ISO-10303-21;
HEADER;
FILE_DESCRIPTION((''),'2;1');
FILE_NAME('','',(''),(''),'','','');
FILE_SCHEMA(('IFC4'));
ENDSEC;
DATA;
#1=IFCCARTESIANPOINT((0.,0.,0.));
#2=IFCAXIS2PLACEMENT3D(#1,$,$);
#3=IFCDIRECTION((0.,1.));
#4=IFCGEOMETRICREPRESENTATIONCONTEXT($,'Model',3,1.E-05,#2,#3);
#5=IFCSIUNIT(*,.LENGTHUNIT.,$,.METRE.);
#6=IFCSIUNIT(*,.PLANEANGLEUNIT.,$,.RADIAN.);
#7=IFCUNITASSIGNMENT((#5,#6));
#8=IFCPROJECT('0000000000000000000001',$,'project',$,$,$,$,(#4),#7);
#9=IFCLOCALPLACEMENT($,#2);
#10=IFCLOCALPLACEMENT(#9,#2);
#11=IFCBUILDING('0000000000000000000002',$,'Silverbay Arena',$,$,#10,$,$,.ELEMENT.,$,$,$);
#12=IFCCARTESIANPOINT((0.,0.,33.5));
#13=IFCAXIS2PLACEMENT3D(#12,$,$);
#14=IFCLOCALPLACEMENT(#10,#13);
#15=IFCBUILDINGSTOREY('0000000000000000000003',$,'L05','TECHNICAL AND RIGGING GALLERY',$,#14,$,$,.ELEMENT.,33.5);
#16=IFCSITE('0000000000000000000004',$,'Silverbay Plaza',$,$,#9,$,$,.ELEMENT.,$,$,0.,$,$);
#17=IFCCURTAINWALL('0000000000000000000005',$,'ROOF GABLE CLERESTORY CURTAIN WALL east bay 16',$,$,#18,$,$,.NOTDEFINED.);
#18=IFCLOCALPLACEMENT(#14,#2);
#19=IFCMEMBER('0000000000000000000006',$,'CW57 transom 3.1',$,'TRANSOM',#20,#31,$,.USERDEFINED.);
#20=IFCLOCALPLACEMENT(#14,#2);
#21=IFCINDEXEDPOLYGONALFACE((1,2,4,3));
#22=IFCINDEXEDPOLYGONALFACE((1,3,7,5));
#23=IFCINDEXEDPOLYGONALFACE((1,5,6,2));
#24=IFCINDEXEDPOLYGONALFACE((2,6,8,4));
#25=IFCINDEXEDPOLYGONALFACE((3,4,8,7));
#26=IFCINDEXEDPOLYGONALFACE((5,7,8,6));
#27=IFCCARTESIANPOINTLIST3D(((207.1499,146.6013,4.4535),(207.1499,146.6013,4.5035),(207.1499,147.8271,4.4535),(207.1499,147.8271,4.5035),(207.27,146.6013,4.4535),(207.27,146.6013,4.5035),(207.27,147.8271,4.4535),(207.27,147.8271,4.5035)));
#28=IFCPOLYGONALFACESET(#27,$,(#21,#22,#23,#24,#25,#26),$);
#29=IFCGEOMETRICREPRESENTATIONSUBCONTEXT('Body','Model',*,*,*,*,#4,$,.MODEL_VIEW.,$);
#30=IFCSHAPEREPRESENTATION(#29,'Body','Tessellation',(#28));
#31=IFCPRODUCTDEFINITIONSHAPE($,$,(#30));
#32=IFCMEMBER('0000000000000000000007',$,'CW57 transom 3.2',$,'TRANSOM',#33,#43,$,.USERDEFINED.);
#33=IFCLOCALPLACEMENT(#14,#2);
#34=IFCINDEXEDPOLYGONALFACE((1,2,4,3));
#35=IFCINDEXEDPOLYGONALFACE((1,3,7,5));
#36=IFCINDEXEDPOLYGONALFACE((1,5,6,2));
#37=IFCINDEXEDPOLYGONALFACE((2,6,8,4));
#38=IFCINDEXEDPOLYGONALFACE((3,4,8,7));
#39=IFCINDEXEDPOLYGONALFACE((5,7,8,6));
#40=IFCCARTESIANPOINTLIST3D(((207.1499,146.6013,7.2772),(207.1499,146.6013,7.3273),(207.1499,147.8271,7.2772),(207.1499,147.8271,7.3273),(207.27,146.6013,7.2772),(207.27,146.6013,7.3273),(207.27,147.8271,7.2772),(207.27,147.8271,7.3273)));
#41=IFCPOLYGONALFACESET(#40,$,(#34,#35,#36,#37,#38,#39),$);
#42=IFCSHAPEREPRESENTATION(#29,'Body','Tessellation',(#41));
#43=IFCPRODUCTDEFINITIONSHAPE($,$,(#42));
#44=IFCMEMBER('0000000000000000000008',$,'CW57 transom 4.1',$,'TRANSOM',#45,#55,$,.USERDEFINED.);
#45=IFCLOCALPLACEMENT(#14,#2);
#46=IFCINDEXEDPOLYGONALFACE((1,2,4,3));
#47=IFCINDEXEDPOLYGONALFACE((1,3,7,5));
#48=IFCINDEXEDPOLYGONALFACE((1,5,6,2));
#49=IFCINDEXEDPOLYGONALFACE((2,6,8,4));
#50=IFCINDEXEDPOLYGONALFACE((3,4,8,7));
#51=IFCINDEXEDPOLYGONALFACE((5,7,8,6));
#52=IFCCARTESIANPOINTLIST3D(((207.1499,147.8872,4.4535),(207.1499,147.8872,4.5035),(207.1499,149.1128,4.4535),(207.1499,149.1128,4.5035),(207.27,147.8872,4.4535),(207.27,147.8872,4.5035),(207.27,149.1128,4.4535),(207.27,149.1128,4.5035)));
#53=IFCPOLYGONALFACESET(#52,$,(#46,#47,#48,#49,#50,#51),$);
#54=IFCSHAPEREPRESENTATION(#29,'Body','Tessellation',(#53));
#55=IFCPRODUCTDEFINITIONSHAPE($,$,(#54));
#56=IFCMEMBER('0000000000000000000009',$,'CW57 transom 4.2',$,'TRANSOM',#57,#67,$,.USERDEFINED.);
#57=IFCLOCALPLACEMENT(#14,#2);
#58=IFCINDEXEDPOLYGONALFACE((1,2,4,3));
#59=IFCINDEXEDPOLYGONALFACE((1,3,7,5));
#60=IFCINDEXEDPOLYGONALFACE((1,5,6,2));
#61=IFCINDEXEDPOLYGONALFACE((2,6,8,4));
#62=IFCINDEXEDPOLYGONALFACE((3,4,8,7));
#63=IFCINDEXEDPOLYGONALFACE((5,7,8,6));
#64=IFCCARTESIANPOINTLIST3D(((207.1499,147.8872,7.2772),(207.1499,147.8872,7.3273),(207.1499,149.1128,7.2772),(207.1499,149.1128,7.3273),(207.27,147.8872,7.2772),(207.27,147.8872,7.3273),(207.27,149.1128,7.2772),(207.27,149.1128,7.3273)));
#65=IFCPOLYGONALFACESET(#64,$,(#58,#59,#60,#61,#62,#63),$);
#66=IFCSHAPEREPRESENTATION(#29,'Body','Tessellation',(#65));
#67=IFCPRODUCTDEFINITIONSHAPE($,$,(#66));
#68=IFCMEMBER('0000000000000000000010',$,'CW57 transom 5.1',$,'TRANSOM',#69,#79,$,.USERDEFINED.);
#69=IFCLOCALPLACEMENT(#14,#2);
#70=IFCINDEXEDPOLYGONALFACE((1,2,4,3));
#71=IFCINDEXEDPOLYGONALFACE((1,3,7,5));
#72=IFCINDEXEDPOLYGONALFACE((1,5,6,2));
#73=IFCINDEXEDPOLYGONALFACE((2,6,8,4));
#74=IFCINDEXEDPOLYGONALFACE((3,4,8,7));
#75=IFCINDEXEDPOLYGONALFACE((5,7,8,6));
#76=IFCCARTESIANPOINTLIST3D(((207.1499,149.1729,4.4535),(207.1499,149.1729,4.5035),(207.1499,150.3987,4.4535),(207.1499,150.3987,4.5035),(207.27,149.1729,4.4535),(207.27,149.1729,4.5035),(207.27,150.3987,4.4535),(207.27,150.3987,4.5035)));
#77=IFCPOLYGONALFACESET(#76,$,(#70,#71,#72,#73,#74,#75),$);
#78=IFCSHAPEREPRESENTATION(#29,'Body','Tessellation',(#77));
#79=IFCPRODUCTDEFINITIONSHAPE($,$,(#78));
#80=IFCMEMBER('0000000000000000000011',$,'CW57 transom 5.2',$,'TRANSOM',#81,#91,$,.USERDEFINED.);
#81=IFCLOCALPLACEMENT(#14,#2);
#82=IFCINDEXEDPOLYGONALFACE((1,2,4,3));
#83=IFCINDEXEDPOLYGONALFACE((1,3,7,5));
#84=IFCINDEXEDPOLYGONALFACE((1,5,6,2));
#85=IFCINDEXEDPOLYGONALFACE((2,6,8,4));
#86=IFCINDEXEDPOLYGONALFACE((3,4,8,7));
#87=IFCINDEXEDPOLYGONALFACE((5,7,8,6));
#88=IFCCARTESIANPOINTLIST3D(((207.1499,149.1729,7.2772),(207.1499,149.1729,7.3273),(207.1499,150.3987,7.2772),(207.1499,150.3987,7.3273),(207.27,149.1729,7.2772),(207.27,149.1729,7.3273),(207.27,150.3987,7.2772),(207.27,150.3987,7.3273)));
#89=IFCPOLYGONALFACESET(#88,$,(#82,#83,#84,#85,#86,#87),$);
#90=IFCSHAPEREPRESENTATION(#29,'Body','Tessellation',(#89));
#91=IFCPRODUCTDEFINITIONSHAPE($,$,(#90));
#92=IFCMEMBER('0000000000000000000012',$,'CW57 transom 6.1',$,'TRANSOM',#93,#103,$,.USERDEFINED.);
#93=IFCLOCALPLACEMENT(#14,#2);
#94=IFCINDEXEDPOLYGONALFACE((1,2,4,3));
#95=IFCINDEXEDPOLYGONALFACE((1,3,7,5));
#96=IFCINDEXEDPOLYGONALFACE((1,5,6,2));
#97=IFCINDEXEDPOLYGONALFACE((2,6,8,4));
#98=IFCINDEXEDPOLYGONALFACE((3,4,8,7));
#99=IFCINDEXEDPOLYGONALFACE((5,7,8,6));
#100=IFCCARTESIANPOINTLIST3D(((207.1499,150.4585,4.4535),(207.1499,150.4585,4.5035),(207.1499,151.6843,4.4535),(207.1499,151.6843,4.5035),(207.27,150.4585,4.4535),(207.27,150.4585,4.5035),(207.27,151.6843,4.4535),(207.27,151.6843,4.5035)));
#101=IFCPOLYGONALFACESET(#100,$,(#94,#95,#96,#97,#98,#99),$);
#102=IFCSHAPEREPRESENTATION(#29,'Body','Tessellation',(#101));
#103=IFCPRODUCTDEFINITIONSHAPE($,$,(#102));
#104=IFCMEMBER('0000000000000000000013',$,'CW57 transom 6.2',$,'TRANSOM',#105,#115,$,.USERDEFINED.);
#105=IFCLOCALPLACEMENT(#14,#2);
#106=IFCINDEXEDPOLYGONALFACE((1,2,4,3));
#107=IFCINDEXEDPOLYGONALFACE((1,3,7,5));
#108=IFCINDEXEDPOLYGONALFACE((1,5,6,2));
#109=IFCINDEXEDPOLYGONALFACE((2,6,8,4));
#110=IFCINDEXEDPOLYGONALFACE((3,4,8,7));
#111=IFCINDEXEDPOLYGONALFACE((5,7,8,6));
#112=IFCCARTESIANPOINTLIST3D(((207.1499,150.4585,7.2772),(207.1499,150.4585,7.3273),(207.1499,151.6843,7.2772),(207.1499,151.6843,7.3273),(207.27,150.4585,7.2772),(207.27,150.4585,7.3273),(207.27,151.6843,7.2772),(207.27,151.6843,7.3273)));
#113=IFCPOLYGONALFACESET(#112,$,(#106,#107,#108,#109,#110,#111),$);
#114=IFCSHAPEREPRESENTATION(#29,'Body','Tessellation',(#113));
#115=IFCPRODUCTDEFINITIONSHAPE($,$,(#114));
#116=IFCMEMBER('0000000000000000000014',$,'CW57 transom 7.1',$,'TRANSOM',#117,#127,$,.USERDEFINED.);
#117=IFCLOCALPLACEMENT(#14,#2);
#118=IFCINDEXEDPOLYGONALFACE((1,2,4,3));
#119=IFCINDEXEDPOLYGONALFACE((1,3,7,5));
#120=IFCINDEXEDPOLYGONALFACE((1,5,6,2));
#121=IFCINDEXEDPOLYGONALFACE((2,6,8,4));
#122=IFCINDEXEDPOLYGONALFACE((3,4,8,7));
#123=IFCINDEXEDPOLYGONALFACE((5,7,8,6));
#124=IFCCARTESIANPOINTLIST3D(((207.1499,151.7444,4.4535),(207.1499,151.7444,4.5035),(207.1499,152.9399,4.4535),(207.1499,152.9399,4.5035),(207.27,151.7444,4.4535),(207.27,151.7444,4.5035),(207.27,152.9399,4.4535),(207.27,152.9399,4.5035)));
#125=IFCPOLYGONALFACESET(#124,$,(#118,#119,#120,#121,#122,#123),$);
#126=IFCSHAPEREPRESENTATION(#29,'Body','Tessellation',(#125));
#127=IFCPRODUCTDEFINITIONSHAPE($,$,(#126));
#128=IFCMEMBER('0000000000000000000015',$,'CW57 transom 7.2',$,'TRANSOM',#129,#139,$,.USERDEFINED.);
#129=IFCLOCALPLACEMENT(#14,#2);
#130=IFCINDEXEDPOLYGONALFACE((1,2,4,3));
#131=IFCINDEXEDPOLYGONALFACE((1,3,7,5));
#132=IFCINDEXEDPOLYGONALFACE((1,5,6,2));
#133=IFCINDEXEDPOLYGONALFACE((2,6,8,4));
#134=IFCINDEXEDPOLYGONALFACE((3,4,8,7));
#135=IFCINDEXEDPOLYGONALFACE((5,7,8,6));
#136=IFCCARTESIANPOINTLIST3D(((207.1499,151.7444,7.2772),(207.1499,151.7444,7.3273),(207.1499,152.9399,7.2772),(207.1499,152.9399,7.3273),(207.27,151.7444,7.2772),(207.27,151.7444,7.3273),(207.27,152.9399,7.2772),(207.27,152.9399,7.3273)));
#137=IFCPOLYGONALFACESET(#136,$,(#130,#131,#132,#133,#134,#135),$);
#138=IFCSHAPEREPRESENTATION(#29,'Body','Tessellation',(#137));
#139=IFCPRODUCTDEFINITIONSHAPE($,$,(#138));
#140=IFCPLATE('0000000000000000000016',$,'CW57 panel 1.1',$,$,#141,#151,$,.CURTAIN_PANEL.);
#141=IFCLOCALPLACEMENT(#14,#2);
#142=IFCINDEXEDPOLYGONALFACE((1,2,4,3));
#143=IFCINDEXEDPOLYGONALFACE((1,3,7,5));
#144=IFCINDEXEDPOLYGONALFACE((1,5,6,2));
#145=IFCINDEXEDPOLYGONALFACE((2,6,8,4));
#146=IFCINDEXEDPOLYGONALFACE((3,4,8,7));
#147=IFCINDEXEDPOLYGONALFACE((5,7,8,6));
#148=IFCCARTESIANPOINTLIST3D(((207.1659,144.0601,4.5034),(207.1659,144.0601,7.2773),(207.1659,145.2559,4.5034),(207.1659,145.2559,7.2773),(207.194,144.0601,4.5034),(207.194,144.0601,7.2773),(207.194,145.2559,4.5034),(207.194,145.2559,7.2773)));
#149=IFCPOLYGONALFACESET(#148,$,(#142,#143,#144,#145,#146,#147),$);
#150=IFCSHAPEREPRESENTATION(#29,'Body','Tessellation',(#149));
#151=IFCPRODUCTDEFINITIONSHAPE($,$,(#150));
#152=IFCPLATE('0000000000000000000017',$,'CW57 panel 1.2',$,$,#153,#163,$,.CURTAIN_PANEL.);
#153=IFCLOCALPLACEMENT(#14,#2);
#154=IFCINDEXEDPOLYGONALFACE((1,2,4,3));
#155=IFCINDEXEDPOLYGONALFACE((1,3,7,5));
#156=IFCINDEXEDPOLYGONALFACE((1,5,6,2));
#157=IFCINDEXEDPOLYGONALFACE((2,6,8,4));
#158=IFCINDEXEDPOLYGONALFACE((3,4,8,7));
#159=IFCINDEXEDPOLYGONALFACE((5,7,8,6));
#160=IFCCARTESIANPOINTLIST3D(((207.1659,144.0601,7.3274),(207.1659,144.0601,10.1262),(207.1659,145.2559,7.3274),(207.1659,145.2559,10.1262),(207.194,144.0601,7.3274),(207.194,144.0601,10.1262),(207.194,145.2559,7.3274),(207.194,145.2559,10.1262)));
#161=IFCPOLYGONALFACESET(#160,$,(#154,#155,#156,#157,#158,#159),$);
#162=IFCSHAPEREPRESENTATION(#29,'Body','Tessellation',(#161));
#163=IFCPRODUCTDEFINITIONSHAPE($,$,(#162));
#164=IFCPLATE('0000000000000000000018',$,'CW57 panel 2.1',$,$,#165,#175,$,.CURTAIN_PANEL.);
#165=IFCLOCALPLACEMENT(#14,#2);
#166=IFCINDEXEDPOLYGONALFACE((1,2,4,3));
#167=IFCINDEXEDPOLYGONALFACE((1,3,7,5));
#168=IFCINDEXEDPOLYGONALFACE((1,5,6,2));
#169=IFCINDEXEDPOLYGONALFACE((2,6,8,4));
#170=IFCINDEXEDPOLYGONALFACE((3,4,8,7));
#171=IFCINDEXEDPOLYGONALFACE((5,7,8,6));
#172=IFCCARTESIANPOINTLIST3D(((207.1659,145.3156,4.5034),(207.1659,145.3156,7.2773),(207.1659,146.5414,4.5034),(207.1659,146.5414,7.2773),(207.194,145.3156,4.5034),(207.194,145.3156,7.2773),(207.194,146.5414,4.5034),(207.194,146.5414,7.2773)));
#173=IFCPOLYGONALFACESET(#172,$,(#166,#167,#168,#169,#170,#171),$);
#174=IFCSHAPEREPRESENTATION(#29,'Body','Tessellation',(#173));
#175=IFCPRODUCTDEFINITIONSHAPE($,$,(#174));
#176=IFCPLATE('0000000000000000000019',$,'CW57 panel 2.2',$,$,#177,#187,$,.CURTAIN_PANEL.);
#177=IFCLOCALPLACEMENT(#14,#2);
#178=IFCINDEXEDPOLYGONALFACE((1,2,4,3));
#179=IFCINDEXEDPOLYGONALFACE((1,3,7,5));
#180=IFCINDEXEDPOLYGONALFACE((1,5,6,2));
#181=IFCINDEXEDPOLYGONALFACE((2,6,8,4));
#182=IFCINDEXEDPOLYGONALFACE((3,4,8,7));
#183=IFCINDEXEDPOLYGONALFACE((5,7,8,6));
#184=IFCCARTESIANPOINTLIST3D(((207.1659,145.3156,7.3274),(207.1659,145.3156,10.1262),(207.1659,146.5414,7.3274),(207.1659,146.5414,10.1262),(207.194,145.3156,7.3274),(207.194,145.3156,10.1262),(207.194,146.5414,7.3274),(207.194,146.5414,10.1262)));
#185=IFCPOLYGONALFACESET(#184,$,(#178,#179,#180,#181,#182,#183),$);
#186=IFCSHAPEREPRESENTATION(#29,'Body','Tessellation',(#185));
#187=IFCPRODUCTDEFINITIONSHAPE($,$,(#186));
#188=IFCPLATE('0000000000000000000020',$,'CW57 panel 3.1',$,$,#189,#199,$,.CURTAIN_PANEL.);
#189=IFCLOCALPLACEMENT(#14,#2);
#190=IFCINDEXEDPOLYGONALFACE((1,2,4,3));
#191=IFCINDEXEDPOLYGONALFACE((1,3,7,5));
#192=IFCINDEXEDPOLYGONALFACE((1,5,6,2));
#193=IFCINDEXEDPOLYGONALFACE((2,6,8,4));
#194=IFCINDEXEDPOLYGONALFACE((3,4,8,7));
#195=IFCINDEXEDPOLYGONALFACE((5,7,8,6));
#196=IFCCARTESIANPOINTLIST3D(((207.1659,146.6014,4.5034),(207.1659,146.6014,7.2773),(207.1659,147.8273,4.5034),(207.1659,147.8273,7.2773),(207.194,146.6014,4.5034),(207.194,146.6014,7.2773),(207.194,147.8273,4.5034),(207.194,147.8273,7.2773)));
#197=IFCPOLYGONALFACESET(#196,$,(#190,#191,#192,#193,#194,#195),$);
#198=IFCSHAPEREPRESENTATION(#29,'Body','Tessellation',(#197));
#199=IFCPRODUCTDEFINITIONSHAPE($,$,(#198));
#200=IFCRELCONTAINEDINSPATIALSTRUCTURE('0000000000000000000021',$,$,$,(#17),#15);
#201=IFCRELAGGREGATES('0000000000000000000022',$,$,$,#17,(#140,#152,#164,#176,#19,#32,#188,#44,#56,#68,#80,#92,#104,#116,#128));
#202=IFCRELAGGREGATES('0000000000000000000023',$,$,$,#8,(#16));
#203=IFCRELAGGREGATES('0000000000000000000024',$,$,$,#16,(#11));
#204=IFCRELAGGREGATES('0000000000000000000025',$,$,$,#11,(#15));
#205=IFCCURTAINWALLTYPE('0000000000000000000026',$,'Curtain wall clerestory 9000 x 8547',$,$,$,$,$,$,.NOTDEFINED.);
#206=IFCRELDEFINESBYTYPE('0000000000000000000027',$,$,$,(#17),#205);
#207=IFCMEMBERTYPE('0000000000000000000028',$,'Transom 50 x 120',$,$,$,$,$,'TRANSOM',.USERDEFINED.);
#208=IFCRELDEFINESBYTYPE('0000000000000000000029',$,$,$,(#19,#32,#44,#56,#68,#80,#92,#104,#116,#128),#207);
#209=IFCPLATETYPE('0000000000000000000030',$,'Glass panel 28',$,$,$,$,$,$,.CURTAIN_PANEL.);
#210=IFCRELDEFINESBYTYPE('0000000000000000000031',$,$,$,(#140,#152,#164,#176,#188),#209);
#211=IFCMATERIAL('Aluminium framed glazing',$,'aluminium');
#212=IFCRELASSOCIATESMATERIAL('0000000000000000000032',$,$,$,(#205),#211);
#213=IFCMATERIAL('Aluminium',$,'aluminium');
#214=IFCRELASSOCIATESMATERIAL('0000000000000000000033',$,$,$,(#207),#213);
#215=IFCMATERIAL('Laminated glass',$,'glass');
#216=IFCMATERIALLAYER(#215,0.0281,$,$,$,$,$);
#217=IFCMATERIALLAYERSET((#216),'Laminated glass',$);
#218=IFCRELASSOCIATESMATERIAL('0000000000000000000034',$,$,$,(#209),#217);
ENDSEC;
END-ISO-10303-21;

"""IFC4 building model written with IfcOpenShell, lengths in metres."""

from ifc_helpers import new_model, si_unit, direction, frame, origin, origin_2d, place, context, subcontext, project, spatial, rectangle, extrude, material, layer, layer_set, material_profile, profile_set, type_object, element, aggregate, save


model = new_model("IFC4")

# Units and contexts
model_context = context("Model", 3, precision=1e-05, world=origin(), true_north=direction((0.0, 1.0)))
body_context = subcontext(model_context, "Body", "Model", "MODEL_VIEW")
ifc_project = project(units=[si_unit("LENGTHUNIT", "METRE"), si_unit("PLANEANGLEUNIT", "RADIAN")], contexts=[model_context])

# Site, building, storey
site_placement = place(None, origin())
site = spatial("IfcSite", under=ifc_project, at=site_placement, Name="Silverbay Plaza", CompositionType="ELEMENT", RefElevation=0.0)
building_placement = place(site_placement, origin())
building = spatial("IfcBuilding", under=site, at=building_placement, Name="Silverbay Arena", CompositionType="ELEMENT")
storey_placement = place(building_placement, frame((0.0, 0.0, 33.5)))
storey = spatial("IfcBuildingStorey", under=building, at=storey_placement, Name="L05", Description="TECHNICAL AND RIGGING GALLERY", CompositionType="ELEMENT", Elevation=33.5)

# Curtain wall
ifc_material_1 = material(Name="Aluminium framed glazing", Category="aluminium")
curtain_wall_type = type_object("IfcCurtainWallType", Name="Curtain wall clerestory 9000 x 8547", PredefinedType="NOTDEFINED", material=ifc_material_1)
curtain_wall_placement = place(storey_placement, origin())
curtain_wall = element("IfcCurtainWall", 1, at=curtain_wall_placement, inside=storey, type_object=curtain_wall_type, Name="ROOF GABLE CLERESTORY CURTAIN WALL east bay 16", PredefinedType="NOTDEFINED")

# Members
ifc_material_2 = material(Name="Aluminium", Category="aluminium")
ifc_material_profile_1 = material_profile(ifc_material_2, rectangle(XDim=0.1201, YDim=0.05, at=origin_2d()), Name="Transom 50 x 120")
ifc_profile_set_1 = profile_set([ifc_material_profile_1], Name="Aluminium")
member_type_1 = type_object("IfcMemberType", Name="Transom 50 x 120", ElementType="TRANSOM", PredefinedType="USERDEFINED", material=ifc_profile_set_1)
member_1_placement = place(storey_placement, frame((207.21, 146.6013, 4.4785), z_axis=(0.0, 1.0, 0.0), x_axis=(-1.0, 0.0, 0.0)))
member_1 = element("IfcMember", 2, at=member_1_placement, type_object=member_type_1, Name="CW57 transom 3.1", ObjectType="TRANSOM", PredefinedType="USERDEFINED", context=body_context, shape_type="SweptSolid", body=[
    extrude(rectangle(XDim=0.1201, YDim=0.05, at=origin_2d()), origin(), (0.0, 0.0, 1.0), 1.2258),
])
member_2_placement = place(storey_placement, frame((207.21, 146.6013, 7.3022), z_axis=(0.0, 1.0, 0.0), x_axis=(-1.0, 0.0, 0.0)))
member_2 = element("IfcMember", 3, at=member_2_placement, type_object=member_type_1, Name="CW57 transom 3.2", ObjectType="TRANSOM", PredefinedType="USERDEFINED", context=body_context, shape_type="SweptSolid", body=[
    extrude(rectangle(XDim=0.1201, YDim=0.05, at=origin_2d()), origin(), (0.0, 0.0, 1.0), 1.2258),
])
member_3_placement = place(storey_placement, frame((207.21, 147.8872, 4.4785), z_axis=(0.0, 1.0, 0.0), x_axis=(-1.0, 0.0, 0.0)))
member_3 = element("IfcMember", 4, at=member_3_placement, type_object=member_type_1, Name="CW57 transom 4.1", ObjectType="TRANSOM", PredefinedType="USERDEFINED", context=body_context, shape_type="SweptSolid", body=[
    extrude(rectangle(XDim=0.1201, YDim=0.05, at=origin_2d()), origin(), (0.0, 0.0, 1.0), 1.2256),
])
member_4_placement = place(storey_placement, frame((207.21, 147.8872, 7.3022), z_axis=(0.0, 1.0, 0.0), x_axis=(-1.0, 0.0, 0.0)))
member_4 = element("IfcMember", 5, at=member_4_placement, type_object=member_type_1, Name="CW57 transom 4.2", ObjectType="TRANSOM", PredefinedType="USERDEFINED", context=body_context, shape_type="SweptSolid", body=[
    extrude(rectangle(XDim=0.1201, YDim=0.05, at=origin_2d()), origin(), (0.0, 0.0, 1.0), 1.2256),
])
member_5_placement = place(storey_placement, frame((207.21, 149.1729, 4.4785), z_axis=(0.0, 1.0, 0.0), x_axis=(-1.0, 0.0, 0.0)))
member_5 = element("IfcMember", 6, at=member_5_placement, type_object=member_type_1, Name="CW57 transom 5.1", ObjectType="TRANSOM", PredefinedType="USERDEFINED", context=body_context, shape_type="SweptSolid", body=[
    extrude(rectangle(XDim=0.1201, YDim=0.05, at=origin_2d()), origin(), (0.0, 0.0, 1.0), 1.2258),
])
member_6_placement = place(storey_placement, frame((207.21, 149.1729, 7.3022), z_axis=(0.0, 1.0, 0.0), x_axis=(-1.0, 0.0, 0.0)))
member_6 = element("IfcMember", 7, at=member_6_placement, type_object=member_type_1, Name="CW57 transom 5.2", ObjectType="TRANSOM", PredefinedType="USERDEFINED", context=body_context, shape_type="SweptSolid", body=[
    extrude(rectangle(XDim=0.1201, YDim=0.05, at=origin_2d()), origin(), (0.0, 0.0, 1.0), 1.2258),
])
member_7_placement = place(storey_placement, frame((207.21, 150.4585, 4.4785), z_axis=(0.0, 1.0, 0.0), x_axis=(-1.0, 0.0, 0.0)))
member_7 = element("IfcMember", 8, at=member_7_placement, type_object=member_type_1, Name="CW57 transom 6.1", ObjectType="TRANSOM", PredefinedType="USERDEFINED", context=body_context, shape_type="SweptSolid", body=[
    extrude(rectangle(XDim=0.1201, YDim=0.05, at=origin_2d()), origin(), (0.0, 0.0, 1.0), 1.2258),
])
member_8_placement = place(storey_placement, frame((207.21, 150.4585, 7.3022), z_axis=(0.0, 1.0, 0.0), x_axis=(-1.0, 0.0, 0.0)))
member_8 = element("IfcMember", 9, at=member_8_placement, type_object=member_type_1, Name="CW57 transom 6.2", ObjectType="TRANSOM", PredefinedType="USERDEFINED", context=body_context, shape_type="SweptSolid", body=[
    extrude(rectangle(XDim=0.1201, YDim=0.05, at=origin_2d()), origin(), (0.0, 0.0, 1.0), 1.2258),
])
member_9_placement = place(storey_placement, frame((207.21, 151.7444, 4.4785), z_axis=(0.0, 1.0, 0.0), x_axis=(-1.0, 0.0, 0.0)))
member_9 = element("IfcMember", 10, at=member_9_placement, type_object=member_type_1, Name="CW57 transom 7.1", ObjectType="TRANSOM", PredefinedType="USERDEFINED", context=body_context, shape_type="SweptSolid", body=[
    extrude(rectangle(XDim=0.1201, YDim=0.05, at=origin_2d()), origin(), (0.0, 0.0, 1.0), 1.1956),
])
member_10_placement = place(storey_placement, frame((207.21, 151.7444, 7.3022), z_axis=(0.0, 1.0, 0.0), x_axis=(-1.0, 0.0, 0.0)))
member_10 = element("IfcMember", 11, at=member_10_placement, type_object=member_type_1, Name="CW57 transom 7.2", ObjectType="TRANSOM", PredefinedType="USERDEFINED", context=body_context, shape_type="SweptSolid", body=[
    extrude(rectangle(XDim=0.1201, YDim=0.05, at=origin_2d()), origin(), (0.0, 0.0, 1.0), 1.1956),
])

# Plates
ifc_material_3 = material(Name="Laminated glass", Category="glass")
ifc_layer = layer(ifc_material_3, 0.0281)
ifc_layer_set = layer_set([ifc_layer], Name="Laminated glass")
plate_type = type_object("IfcPlateType", Name="Glass panel 28", PredefinedType="CURTAIN_PANEL", material=ifc_layer_set)
plate_1_placement = place(storey_placement, frame((207.1799, 144.658, 4.5034), z_axis=(0.0, 0.0, 1.0), x_axis=(0.0, 1.0, 0.0)))
plate_1 = element("IfcPlate", 12, at=plate_1_placement, type_object=plate_type, Name="CW57 panel 1.1", PredefinedType="CURTAIN_PANEL", context=body_context, shape_type="SweptSolid", body=[
    extrude(rectangle(XDim=1.1958, YDim=0.0281, at=origin_2d()), origin(), (0.0, 0.0, 1.0), 2.7739),
])
plate_2_placement = place(storey_placement, frame((207.1799, 144.658, 7.3274), z_axis=(0.0, 0.0, 1.0), x_axis=(0.0, 1.0, 0.0)))
plate_2 = element("IfcPlate", 13, at=plate_2_placement, type_object=plate_type, Name="CW57 panel 1.2", PredefinedType="CURTAIN_PANEL", context=body_context, shape_type="SweptSolid", body=[
    extrude(rectangle(XDim=1.1958, YDim=0.0281, at=origin_2d()), origin(), (0.0, 0.0, 1.0), 2.7988),
])
plate_3_placement = place(storey_placement, frame((207.1799, 145.9285, 4.5034), z_axis=(0.0, 0.0, 1.0), x_axis=(0.0, 1.0, 0.0)))
plate_3 = element("IfcPlate", 14, at=plate_3_placement, type_object=plate_type, Name="CW57 panel 2.1", PredefinedType="CURTAIN_PANEL", context=body_context, shape_type="SweptSolid", body=[
    extrude(rectangle(XDim=1.2258, YDim=0.0281, at=origin_2d()), origin(), (0.0, 0.0, 1.0), 2.7739),
])
plate_4_placement = place(storey_placement, frame((207.1799, 145.9285, 7.3274), z_axis=(0.0, 0.0, 1.0), x_axis=(0.0, 1.0, 0.0)))
plate_4 = element("IfcPlate", 15, at=plate_4_placement, type_object=plate_type, Name="CW57 panel 2.2", PredefinedType="CURTAIN_PANEL", context=body_context, shape_type="SweptSolid", body=[
    extrude(rectangle(XDim=1.2258, YDim=0.0281, at=origin_2d()), origin(), (0.0, 0.0, 1.0), 2.7988),
])
plate_5_placement = place(storey_placement, frame((207.1799, 147.2144, 4.5034), z_axis=(0.0, 0.0, 1.0), x_axis=(0.0, 1.0, 0.0)))
plate_5 = element("IfcPlate", 16, at=plate_5_placement, type_object=plate_type, Name="CW57 panel 3.1", PredefinedType="CURTAIN_PANEL", context=body_context, shape_type="SweptSolid", body=[
    extrude(rectangle(XDim=1.2258, YDim=0.0281, at=origin_2d()), origin(), (0.0, 0.0, 1.0), 2.7739),
])
aggregate(curtain_wall, [plate_1, plate_2, plate_3, plate_4, member_1, member_2, plate_5, member_3, member_4, member_5, member_6, member_7, member_8, member_9, member_10])

save(model, "model.ifc")
